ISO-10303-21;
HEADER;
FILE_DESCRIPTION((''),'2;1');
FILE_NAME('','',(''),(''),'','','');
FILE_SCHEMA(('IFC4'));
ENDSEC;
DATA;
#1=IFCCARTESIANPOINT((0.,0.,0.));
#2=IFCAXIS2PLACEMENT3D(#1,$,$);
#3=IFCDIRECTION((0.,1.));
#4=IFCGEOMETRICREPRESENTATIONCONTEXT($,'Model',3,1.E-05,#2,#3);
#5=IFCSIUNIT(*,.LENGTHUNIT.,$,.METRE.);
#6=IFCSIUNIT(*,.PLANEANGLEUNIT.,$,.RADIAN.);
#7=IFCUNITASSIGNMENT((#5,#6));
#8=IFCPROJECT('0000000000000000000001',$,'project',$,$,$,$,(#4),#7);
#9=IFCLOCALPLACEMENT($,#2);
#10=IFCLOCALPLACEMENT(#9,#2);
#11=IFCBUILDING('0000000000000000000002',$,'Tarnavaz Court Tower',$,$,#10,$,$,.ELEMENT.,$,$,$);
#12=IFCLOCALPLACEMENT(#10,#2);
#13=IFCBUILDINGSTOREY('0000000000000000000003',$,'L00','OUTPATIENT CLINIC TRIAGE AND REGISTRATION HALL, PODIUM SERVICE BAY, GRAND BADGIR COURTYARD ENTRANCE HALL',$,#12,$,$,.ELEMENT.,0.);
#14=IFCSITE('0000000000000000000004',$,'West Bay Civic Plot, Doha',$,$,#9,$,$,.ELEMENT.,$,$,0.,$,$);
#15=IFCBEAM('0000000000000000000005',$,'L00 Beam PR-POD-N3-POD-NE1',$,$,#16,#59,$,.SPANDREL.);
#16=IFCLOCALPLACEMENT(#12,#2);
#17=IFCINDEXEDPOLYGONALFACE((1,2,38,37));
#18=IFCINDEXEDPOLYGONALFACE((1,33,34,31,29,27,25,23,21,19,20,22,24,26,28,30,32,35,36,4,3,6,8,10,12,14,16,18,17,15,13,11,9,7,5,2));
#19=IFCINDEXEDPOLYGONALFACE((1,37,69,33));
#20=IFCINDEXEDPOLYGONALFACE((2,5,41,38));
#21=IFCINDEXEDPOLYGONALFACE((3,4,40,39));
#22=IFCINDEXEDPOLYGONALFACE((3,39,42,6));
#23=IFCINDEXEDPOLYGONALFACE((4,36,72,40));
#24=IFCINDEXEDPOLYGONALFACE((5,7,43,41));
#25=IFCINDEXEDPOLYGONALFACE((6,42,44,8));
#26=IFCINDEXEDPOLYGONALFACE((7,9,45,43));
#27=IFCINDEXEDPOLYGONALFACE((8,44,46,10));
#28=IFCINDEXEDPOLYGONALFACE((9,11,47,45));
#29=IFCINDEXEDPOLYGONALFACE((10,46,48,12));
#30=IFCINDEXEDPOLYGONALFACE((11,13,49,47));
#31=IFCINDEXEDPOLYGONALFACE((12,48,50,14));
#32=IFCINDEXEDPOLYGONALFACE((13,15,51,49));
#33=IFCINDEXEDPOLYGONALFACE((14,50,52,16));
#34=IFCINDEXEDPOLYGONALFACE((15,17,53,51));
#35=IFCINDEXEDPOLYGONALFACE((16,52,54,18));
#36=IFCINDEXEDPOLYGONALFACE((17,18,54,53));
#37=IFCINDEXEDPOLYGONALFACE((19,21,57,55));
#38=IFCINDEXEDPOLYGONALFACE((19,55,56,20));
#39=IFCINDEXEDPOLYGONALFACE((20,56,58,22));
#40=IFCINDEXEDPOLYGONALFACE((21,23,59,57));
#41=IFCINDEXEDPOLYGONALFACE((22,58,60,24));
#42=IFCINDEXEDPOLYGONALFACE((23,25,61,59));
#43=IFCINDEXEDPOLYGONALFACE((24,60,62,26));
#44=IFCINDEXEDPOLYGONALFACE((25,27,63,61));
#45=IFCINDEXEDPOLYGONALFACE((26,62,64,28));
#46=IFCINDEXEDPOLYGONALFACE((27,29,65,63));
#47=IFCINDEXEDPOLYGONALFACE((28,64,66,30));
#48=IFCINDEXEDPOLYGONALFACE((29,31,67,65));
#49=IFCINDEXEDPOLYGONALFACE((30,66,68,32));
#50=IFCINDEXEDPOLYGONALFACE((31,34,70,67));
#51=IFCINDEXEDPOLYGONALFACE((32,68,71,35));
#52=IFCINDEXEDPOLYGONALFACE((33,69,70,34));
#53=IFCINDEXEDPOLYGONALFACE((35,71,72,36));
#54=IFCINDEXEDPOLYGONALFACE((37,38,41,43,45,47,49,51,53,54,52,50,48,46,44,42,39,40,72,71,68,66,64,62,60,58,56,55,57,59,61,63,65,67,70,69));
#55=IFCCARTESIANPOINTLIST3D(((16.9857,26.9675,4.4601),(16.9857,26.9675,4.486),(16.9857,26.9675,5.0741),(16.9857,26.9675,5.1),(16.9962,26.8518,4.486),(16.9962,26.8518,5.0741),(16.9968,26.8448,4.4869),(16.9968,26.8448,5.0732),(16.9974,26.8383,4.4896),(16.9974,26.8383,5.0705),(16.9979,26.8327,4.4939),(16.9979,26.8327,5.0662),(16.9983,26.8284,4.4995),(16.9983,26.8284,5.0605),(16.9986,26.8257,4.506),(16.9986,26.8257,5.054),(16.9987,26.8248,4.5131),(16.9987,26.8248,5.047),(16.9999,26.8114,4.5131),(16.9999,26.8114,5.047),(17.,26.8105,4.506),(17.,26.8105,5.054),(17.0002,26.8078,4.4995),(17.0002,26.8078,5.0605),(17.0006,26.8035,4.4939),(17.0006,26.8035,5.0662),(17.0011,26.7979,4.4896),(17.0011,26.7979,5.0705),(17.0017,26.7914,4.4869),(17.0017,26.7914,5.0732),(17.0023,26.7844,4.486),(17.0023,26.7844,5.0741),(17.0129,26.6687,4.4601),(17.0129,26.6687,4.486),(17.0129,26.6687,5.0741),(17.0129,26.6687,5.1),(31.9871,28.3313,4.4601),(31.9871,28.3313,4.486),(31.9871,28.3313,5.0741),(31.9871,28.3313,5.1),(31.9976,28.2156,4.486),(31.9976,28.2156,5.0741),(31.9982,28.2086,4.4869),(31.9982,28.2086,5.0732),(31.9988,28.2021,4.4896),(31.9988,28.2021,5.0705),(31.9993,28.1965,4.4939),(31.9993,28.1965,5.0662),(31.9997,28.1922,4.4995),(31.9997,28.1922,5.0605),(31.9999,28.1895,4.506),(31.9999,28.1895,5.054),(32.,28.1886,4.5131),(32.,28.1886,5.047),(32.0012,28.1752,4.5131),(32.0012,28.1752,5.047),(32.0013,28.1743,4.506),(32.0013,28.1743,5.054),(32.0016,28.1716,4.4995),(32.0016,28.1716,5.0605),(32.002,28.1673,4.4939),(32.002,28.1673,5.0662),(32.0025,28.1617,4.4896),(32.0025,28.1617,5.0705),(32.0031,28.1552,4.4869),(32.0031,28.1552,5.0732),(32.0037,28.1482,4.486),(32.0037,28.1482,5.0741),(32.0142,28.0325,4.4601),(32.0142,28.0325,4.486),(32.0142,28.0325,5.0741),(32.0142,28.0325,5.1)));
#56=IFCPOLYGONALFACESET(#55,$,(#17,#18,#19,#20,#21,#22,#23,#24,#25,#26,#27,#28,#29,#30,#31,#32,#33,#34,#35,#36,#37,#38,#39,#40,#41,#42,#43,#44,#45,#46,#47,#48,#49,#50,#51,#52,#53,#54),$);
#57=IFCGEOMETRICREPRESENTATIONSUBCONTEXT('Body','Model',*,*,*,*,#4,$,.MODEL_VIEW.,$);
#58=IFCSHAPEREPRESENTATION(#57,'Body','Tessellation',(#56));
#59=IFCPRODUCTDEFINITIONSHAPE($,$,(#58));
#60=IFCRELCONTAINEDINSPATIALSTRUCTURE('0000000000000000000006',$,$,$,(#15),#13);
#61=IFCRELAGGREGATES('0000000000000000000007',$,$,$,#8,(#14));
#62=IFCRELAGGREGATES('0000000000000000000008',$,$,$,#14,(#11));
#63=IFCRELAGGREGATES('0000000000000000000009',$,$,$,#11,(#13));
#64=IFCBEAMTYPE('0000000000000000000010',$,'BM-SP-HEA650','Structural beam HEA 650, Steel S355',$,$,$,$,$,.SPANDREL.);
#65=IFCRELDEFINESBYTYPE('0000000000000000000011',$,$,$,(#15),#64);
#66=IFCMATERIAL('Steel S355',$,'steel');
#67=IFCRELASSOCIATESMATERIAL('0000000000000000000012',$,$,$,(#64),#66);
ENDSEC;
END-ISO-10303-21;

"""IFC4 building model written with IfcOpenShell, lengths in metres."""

from ifc_helpers import new_model, si_unit, direction, frame, origin, origin_2d, place, context, subcontext, project, spatial, i_section, extrude, material, material_profile, profile_set, type_object, element, save


model = new_model("IFC4")

# Units and contexts
model_context = context("Model", 3, precision=1e-05, world=origin(), true_north=direction((0.0, 1.0)))
body_context = subcontext(model_context, "Body", "Model", "MODEL_VIEW")
ifc_project = project(units=[si_unit("LENGTHUNIT", "METRE"), si_unit("PLANEANGLEUNIT", "RADIAN")], contexts=[model_context])

# Site, building, storey
site_placement = place(None, origin())
site = spatial("IfcSite", under=ifc_project, at=site_placement, Name="West Bay Civic Plot, Doha", CompositionType="ELEMENT", RefElevation=0.0)
building_placement = place(site_placement, origin())
building = spatial("IfcBuilding", under=site, at=building_placement, Name="Tarnavaz Court Tower", CompositionType="ELEMENT")
storey_placement = place(building_placement, origin())
storey = spatial("IfcBuildingStorey", under=building, at=storey_placement, Name="L00", Description="OUTPATIENT CLINIC TRIAGE AND REGISTRATION HALL, PODIUM SERVICE BAY, GRAND BADGIR COURTYARD ENTRANCE HALL", CompositionType="ELEMENT", Elevation=0.0)

# Beam
ifc_material_1 = material(Name="Steel S355", Category="steel")
ifc_material_profile_1 = material_profile(ifc_material_1, i_section(OverallWidth=0.3, OverallDepth=0.6399, WebThickness=0.0134, FlangeThickness=0.0259, FilletRadius=0.0271, at=origin_2d()), Name="HEA 650")
ifc_profile_set_1 = profile_set([ifc_material_profile_1], Name="Steel S355")
beam_type_1 = type_object("IfcBeamType", Name="BM-SP-HEA650", Description="Structural beam HEA 650, Steel S355", PredefinedType="SPANDREL", material=ifc_profile_set_1)
beam_1_placement = place(storey_placement, frame((16.9993, 26.8181, 4.78), z_axis=(0.995893, 0.090536, 0.0), x_axis=(-0.090536, 0.995893, 0.0)))
element("IfcBeam", 1, at=beam_1_placement, inside=storey, type_object=beam_type_1, Name="L00 Beam PR-POD-N3-POD-NE1", PredefinedType="SPANDREL", context=body_context, shape_type="SweptSolid", body=[
    extrude(i_section(OverallWidth=0.3, OverallDepth=0.6399, WebThickness=0.0134, FlangeThickness=0.0259, FilletRadius=0.0271, at=origin_2d()), origin(), (0.0, 0.0, 1.0), 15.0632),
])

save(model, "model.ifc")
